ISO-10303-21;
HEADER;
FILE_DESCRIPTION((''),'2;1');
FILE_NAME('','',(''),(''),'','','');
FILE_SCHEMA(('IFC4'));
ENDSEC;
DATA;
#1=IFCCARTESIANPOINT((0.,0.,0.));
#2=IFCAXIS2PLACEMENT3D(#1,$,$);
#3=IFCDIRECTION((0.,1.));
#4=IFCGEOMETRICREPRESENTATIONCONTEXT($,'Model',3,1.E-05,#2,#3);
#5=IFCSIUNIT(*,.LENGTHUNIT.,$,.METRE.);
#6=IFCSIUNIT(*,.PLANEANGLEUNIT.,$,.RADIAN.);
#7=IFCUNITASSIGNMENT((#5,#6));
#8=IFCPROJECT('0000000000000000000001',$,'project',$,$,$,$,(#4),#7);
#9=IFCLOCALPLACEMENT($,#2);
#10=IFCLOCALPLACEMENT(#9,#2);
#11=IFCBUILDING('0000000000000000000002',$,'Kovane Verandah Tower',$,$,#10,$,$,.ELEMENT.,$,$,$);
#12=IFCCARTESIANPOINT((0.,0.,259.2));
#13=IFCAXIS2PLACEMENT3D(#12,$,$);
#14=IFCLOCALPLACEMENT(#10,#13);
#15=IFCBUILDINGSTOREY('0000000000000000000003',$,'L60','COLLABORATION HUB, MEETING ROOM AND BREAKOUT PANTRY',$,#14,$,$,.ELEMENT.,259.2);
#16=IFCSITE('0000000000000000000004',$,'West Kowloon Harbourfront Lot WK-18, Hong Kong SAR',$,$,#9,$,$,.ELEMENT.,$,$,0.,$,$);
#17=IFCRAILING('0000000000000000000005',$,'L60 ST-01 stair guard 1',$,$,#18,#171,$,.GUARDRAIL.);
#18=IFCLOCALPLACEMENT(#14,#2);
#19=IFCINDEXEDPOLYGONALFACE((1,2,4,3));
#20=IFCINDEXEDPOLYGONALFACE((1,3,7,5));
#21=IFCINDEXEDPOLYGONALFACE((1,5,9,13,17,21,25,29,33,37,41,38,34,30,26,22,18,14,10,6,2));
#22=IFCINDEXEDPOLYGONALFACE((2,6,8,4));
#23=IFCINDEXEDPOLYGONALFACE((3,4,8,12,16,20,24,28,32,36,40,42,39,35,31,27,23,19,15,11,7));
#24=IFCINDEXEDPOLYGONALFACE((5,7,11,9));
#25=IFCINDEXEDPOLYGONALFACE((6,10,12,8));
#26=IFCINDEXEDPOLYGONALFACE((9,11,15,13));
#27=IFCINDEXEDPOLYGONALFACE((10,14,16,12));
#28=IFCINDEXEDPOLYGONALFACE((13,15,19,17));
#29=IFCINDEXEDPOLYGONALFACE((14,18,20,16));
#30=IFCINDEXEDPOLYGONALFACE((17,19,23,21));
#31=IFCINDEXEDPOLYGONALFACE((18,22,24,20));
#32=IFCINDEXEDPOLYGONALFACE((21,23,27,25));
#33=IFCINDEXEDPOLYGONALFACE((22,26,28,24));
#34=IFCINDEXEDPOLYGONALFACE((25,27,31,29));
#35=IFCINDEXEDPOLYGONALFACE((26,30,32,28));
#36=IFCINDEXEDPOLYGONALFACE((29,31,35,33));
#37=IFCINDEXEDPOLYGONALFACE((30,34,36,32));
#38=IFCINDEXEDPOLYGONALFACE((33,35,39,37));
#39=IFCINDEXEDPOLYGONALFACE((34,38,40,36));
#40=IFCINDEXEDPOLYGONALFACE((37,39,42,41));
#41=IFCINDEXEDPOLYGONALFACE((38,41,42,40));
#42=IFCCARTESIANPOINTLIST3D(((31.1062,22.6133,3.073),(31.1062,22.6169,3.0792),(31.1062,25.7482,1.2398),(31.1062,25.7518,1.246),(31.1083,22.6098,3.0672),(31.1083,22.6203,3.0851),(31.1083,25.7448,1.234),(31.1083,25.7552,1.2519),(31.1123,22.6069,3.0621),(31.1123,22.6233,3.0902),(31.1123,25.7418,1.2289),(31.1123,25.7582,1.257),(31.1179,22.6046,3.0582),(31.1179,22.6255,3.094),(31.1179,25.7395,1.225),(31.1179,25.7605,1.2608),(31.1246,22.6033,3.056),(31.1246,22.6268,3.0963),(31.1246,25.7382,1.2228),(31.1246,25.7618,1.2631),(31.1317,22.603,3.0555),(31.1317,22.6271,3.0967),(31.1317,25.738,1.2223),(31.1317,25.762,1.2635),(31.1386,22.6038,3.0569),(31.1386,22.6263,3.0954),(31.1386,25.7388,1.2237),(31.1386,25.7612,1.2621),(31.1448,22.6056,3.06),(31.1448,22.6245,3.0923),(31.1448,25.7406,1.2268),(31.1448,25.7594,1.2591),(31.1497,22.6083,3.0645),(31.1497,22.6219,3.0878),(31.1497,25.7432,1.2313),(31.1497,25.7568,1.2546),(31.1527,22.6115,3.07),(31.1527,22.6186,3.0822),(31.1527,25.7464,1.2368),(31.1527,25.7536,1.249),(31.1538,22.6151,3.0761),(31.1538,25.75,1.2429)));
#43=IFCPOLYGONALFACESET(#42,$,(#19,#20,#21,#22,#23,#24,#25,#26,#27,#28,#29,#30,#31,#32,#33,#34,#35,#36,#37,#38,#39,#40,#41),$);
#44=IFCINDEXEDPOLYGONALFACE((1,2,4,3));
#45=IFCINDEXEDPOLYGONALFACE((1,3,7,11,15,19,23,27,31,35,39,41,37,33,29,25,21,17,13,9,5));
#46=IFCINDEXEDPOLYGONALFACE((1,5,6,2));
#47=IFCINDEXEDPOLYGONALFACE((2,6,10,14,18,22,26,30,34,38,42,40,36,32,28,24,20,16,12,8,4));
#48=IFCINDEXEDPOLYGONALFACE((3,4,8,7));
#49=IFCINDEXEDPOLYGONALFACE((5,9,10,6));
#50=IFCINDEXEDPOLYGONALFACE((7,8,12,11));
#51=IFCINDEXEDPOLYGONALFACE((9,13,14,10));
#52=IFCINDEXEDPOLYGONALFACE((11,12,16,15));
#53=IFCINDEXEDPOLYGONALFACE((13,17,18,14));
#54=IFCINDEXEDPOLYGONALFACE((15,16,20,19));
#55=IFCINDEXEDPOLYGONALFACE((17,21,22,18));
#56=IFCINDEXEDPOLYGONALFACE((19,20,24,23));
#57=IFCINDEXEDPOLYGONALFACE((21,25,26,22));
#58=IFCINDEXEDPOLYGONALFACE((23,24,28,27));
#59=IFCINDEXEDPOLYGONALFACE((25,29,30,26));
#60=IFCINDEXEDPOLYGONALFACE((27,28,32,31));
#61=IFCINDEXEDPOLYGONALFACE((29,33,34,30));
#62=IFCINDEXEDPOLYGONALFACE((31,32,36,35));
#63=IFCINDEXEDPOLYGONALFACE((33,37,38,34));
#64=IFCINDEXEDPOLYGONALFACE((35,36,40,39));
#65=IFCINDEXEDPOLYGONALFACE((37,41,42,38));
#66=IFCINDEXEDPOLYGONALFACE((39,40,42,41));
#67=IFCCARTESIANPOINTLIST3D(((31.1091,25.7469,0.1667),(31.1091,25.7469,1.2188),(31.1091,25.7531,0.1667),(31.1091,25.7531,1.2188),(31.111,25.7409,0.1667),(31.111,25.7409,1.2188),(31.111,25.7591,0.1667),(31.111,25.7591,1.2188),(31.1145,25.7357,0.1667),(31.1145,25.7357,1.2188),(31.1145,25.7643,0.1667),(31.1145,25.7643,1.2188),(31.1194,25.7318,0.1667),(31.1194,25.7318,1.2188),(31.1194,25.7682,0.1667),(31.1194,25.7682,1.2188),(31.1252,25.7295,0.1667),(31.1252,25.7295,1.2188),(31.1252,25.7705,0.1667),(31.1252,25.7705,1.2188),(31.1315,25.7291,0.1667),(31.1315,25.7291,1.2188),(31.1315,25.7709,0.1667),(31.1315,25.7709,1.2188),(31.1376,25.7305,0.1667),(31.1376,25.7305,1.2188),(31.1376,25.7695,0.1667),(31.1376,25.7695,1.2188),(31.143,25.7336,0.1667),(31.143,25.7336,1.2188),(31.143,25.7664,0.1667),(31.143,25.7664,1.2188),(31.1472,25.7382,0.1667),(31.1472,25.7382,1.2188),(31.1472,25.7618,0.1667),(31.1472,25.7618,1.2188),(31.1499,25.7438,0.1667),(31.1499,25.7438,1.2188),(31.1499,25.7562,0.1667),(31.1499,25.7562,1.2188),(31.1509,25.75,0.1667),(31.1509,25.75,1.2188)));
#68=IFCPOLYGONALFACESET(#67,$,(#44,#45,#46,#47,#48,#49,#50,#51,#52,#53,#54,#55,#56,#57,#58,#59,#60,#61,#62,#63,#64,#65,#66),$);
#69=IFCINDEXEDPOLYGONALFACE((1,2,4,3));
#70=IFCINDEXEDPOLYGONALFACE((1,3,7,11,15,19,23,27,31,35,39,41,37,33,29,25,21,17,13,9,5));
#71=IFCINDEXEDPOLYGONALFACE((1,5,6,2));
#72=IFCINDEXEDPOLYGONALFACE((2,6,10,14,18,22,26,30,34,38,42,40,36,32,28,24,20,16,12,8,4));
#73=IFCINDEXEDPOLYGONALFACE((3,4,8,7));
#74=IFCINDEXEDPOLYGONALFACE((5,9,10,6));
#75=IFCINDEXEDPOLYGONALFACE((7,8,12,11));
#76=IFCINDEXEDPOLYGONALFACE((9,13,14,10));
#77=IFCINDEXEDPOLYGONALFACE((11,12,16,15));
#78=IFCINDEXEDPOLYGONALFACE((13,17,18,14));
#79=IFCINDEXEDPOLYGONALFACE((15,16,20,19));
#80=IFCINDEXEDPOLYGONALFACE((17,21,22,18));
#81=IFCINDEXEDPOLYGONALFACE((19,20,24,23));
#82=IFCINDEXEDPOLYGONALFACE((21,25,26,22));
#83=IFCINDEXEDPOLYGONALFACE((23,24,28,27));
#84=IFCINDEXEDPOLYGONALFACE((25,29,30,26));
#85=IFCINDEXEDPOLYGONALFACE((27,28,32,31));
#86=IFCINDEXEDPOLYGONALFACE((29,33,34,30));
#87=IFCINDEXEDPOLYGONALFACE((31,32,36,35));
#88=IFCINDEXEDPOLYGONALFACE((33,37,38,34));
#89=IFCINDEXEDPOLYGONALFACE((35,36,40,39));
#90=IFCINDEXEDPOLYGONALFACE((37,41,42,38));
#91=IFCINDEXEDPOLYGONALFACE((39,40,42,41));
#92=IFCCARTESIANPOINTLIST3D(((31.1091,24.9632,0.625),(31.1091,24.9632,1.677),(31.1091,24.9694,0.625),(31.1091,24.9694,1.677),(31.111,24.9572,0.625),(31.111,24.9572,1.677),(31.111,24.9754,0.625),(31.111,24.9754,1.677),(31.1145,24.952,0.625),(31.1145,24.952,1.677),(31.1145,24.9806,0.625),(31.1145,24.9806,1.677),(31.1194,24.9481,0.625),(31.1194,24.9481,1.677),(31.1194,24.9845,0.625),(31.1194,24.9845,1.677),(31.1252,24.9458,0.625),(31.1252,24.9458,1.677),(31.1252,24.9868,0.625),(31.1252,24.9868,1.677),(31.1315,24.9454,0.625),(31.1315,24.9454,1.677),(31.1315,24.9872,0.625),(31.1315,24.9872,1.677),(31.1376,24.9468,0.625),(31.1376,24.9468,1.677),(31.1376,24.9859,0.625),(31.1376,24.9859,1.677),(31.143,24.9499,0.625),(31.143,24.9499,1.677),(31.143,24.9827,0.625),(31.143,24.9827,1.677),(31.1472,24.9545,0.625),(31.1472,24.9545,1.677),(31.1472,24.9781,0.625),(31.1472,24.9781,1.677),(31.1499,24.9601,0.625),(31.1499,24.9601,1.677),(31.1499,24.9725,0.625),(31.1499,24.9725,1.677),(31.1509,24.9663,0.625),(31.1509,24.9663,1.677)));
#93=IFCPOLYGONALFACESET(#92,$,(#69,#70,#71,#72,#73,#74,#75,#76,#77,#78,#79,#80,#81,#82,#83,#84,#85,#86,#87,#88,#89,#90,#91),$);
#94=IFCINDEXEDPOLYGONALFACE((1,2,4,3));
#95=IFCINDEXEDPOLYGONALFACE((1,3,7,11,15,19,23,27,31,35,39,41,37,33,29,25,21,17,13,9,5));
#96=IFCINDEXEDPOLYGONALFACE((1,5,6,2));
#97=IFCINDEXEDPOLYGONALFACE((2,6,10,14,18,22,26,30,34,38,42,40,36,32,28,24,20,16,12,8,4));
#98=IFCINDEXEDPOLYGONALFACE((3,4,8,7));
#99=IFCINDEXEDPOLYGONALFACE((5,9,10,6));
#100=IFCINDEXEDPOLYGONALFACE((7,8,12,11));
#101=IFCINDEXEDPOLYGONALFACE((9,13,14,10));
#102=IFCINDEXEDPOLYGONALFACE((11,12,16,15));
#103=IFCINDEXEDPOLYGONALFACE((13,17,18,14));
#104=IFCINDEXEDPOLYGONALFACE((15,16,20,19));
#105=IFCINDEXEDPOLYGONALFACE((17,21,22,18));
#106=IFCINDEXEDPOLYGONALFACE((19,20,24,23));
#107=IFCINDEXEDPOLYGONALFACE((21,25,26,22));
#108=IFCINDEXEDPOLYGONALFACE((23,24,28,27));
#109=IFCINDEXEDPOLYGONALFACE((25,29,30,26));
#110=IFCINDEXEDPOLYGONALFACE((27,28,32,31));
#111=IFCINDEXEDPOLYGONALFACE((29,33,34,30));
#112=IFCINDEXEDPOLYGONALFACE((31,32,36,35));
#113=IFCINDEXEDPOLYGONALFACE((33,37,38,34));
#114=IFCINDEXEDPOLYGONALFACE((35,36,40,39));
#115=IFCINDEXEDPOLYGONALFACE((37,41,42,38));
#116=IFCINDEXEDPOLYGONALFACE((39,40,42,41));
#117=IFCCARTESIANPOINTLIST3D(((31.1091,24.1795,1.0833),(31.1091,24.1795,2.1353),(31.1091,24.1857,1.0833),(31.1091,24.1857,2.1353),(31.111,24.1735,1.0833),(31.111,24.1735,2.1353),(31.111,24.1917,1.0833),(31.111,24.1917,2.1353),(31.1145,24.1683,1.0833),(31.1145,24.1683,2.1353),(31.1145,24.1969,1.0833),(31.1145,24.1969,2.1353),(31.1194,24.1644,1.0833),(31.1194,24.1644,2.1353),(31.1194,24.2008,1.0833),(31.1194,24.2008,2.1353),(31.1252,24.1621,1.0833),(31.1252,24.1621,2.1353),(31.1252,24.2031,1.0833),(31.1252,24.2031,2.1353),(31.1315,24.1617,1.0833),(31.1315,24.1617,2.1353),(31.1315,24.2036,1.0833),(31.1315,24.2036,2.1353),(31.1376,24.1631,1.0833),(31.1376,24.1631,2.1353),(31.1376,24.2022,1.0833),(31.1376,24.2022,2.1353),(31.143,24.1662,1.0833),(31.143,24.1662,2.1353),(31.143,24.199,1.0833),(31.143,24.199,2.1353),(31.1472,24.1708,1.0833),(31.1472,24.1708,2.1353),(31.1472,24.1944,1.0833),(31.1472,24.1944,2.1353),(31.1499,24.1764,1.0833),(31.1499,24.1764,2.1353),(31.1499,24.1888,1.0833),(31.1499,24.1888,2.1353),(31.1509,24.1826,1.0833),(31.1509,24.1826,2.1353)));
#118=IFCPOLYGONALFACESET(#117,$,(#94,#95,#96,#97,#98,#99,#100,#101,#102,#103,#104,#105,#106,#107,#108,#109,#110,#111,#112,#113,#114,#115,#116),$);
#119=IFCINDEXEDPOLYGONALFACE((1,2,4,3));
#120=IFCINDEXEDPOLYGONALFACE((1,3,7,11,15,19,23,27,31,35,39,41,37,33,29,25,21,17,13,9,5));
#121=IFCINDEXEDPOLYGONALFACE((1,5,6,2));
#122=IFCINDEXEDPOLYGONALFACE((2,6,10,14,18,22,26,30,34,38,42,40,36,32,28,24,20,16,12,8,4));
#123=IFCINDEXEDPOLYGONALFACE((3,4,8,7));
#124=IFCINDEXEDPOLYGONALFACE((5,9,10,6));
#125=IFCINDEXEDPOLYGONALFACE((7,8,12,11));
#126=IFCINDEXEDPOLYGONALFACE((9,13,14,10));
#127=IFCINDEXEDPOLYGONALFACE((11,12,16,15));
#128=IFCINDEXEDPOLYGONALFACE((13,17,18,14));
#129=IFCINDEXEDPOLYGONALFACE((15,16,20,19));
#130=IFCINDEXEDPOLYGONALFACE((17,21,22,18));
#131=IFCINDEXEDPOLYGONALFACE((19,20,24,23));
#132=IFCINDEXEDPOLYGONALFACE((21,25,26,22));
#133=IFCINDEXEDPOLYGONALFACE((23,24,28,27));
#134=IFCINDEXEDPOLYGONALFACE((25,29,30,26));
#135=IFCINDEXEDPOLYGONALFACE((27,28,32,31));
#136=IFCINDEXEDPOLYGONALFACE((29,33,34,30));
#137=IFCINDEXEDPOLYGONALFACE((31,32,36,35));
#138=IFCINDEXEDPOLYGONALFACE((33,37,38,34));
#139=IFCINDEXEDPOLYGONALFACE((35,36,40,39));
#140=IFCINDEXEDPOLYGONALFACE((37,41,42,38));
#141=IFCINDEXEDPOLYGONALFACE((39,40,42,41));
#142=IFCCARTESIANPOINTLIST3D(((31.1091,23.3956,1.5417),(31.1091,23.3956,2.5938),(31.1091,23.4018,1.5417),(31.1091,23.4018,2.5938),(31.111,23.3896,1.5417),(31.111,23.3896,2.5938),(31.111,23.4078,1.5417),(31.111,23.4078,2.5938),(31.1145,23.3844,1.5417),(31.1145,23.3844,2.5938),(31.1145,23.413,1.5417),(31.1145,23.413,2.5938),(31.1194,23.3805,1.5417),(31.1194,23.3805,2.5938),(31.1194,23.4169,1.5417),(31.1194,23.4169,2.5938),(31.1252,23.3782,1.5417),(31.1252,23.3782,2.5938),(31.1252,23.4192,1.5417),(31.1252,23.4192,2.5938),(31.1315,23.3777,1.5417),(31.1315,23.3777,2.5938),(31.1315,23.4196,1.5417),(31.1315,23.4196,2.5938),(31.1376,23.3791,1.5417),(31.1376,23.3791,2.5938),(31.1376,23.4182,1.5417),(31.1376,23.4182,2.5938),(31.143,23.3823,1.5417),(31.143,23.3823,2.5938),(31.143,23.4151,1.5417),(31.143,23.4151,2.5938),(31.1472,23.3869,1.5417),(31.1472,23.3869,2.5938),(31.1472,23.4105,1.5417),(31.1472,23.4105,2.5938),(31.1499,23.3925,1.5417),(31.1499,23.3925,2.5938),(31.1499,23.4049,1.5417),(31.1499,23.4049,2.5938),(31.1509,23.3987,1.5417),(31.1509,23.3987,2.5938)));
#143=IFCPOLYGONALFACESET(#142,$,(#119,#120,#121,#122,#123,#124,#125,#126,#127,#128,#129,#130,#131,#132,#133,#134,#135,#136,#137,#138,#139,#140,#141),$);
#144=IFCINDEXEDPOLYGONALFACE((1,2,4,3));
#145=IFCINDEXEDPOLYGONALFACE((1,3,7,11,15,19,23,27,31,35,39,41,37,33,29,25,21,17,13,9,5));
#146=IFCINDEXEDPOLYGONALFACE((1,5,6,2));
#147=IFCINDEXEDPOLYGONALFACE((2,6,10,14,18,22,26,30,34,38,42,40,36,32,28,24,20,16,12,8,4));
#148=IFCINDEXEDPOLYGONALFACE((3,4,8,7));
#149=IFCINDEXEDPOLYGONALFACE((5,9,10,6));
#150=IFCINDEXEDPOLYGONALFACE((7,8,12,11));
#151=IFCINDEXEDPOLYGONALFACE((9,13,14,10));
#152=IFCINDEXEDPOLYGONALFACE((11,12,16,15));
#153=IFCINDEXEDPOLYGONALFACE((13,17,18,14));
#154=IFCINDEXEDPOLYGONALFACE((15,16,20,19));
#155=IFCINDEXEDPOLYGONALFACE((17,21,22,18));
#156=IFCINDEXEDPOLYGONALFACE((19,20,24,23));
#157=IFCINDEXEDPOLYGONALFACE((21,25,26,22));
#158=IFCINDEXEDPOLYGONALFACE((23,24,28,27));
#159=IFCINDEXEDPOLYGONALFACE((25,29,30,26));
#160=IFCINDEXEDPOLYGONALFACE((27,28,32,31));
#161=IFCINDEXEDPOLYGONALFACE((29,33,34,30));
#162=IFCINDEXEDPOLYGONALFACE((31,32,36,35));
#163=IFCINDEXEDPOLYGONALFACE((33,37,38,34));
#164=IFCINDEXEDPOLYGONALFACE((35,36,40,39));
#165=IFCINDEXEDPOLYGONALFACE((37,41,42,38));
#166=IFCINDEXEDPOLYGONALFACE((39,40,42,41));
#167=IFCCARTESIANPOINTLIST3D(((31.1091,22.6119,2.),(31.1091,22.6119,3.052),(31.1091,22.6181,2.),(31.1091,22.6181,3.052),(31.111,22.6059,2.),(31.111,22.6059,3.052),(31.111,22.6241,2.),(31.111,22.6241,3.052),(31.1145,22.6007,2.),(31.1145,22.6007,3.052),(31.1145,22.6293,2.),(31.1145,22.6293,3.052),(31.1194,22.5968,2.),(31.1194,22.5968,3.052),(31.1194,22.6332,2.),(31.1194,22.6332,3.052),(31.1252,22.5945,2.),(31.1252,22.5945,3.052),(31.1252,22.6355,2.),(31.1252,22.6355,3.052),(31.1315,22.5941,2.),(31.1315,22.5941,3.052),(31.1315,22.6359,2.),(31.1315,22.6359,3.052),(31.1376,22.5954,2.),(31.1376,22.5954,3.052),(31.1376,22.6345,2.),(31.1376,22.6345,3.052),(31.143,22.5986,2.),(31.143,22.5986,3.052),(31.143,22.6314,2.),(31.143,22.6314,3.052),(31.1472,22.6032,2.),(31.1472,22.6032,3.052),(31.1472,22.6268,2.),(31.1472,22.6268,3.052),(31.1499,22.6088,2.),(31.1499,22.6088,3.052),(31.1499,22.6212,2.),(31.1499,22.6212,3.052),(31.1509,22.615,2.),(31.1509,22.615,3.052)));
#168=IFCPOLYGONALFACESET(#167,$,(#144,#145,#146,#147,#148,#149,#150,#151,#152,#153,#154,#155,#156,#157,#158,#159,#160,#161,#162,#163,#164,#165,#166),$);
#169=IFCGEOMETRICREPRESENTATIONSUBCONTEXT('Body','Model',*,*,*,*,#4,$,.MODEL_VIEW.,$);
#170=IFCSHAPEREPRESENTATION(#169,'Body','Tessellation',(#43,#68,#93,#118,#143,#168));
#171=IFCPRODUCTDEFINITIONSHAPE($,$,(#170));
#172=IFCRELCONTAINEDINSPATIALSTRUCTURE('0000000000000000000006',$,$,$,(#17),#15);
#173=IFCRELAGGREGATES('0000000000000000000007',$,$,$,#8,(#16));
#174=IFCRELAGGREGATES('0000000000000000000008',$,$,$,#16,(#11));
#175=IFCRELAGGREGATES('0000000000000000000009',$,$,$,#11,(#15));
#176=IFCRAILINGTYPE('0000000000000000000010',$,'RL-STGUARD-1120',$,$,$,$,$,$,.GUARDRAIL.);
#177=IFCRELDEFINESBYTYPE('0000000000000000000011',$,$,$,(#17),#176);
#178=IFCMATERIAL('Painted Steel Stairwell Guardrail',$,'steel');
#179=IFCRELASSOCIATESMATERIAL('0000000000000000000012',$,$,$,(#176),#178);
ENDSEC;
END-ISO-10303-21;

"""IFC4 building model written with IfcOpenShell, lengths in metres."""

from ifc_helpers import new_model, si_unit, direction, frame, origin, origin_2d, place, context, subcontext, project, spatial, circle, extrude, material, type_object, element, save


model = new_model("IFC4")

# Units and contexts
model_context = context("Model", 3, precision=1e-05, world=origin(), true_north=direction((0.0, 1.0)))
body_context = subcontext(model_context, "Body", "Model", "MODEL_VIEW")
ifc_project = project(units=[si_unit("LENGTHUNIT", "METRE"), si_unit("PLANEANGLEUNIT", "RADIAN")], contexts=[model_context])

# Site, building, storey
site_placement = place(None, origin())
site = spatial("IfcSite", under=ifc_project, at=site_placement, Name="West Kowloon Harbourfront Lot WK-18, Hong Kong SAR", CompositionType="ELEMENT", RefElevation=0.0)
building_placement = place(site_placement, origin())
building = spatial("IfcBuilding", under=site, at=building_placement, Name="Kovane Verandah Tower", CompositionType="ELEMENT")
storey_placement = place(building_placement, frame((0.0, 0.0, 259.2)))
storey = spatial("IfcBuildingStorey", under=building, at=storey_placement, Name="L60", Description="COLLABORATION HUB, MEETING ROOM AND BREAKOUT PANTRY", CompositionType="ELEMENT", Elevation=259.2)

# Railing
ifc_material_1 = material(Name="Painted Steel Stairwell Guardrail", Category="steel")
railing_type_1 = type_object("IfcRailingType", Name="RL-STGUARD-1120", PredefinedType="GUARDRAIL", material=ifc_material_1)
railing_1_placement = place(storey_placement, frame((31.1299, 25.75, 0.1667)))
element("IfcRailing", 1, at=railing_1_placement, inside=storey, type_object=railing_type_1, Name="L60 ST-01 stair guard 1", PredefinedType="GUARDRAIL", context=body_context, shape_type="SweptSolid", body=[
    extrude(circle(Radius=0.0239, at=origin_2d()), frame((0.0, 0.0, 1.0762), z_axis=(0.0, -0.86324, 0.504794), x_axis=(1.0, 0.0, 0.0)), (0.0, 0.0, 1.0), 3.6316),
    extrude(circle(Radius=0.021, at=origin_2d()), origin(), (0.0, 0.0, 1.0), 1.052),
    extrude(circle(Radius=0.021, at=origin_2d()), frame((0.0, -0.7837, 0.4583)), (0.0, 0.0, 1.0), 1.052),
    extrude(circle(Radius=0.021, at=origin_2d()), frame((0.0, -1.5674, 0.9165)), (0.0, 0.0, 1.0), 1.052),
    extrude(circle(Radius=0.021, at=origin_2d()), frame((0.0, -2.3513, 1.375)), (0.0, 0.0, 1.0), 1.052),
    extrude(circle(Radius=0.021, at=origin_2d()), frame((0.0, -3.135, 1.8333)), (0.0, 0.0, 1.0), 1.052),
])

save(model, "model.ifc")
